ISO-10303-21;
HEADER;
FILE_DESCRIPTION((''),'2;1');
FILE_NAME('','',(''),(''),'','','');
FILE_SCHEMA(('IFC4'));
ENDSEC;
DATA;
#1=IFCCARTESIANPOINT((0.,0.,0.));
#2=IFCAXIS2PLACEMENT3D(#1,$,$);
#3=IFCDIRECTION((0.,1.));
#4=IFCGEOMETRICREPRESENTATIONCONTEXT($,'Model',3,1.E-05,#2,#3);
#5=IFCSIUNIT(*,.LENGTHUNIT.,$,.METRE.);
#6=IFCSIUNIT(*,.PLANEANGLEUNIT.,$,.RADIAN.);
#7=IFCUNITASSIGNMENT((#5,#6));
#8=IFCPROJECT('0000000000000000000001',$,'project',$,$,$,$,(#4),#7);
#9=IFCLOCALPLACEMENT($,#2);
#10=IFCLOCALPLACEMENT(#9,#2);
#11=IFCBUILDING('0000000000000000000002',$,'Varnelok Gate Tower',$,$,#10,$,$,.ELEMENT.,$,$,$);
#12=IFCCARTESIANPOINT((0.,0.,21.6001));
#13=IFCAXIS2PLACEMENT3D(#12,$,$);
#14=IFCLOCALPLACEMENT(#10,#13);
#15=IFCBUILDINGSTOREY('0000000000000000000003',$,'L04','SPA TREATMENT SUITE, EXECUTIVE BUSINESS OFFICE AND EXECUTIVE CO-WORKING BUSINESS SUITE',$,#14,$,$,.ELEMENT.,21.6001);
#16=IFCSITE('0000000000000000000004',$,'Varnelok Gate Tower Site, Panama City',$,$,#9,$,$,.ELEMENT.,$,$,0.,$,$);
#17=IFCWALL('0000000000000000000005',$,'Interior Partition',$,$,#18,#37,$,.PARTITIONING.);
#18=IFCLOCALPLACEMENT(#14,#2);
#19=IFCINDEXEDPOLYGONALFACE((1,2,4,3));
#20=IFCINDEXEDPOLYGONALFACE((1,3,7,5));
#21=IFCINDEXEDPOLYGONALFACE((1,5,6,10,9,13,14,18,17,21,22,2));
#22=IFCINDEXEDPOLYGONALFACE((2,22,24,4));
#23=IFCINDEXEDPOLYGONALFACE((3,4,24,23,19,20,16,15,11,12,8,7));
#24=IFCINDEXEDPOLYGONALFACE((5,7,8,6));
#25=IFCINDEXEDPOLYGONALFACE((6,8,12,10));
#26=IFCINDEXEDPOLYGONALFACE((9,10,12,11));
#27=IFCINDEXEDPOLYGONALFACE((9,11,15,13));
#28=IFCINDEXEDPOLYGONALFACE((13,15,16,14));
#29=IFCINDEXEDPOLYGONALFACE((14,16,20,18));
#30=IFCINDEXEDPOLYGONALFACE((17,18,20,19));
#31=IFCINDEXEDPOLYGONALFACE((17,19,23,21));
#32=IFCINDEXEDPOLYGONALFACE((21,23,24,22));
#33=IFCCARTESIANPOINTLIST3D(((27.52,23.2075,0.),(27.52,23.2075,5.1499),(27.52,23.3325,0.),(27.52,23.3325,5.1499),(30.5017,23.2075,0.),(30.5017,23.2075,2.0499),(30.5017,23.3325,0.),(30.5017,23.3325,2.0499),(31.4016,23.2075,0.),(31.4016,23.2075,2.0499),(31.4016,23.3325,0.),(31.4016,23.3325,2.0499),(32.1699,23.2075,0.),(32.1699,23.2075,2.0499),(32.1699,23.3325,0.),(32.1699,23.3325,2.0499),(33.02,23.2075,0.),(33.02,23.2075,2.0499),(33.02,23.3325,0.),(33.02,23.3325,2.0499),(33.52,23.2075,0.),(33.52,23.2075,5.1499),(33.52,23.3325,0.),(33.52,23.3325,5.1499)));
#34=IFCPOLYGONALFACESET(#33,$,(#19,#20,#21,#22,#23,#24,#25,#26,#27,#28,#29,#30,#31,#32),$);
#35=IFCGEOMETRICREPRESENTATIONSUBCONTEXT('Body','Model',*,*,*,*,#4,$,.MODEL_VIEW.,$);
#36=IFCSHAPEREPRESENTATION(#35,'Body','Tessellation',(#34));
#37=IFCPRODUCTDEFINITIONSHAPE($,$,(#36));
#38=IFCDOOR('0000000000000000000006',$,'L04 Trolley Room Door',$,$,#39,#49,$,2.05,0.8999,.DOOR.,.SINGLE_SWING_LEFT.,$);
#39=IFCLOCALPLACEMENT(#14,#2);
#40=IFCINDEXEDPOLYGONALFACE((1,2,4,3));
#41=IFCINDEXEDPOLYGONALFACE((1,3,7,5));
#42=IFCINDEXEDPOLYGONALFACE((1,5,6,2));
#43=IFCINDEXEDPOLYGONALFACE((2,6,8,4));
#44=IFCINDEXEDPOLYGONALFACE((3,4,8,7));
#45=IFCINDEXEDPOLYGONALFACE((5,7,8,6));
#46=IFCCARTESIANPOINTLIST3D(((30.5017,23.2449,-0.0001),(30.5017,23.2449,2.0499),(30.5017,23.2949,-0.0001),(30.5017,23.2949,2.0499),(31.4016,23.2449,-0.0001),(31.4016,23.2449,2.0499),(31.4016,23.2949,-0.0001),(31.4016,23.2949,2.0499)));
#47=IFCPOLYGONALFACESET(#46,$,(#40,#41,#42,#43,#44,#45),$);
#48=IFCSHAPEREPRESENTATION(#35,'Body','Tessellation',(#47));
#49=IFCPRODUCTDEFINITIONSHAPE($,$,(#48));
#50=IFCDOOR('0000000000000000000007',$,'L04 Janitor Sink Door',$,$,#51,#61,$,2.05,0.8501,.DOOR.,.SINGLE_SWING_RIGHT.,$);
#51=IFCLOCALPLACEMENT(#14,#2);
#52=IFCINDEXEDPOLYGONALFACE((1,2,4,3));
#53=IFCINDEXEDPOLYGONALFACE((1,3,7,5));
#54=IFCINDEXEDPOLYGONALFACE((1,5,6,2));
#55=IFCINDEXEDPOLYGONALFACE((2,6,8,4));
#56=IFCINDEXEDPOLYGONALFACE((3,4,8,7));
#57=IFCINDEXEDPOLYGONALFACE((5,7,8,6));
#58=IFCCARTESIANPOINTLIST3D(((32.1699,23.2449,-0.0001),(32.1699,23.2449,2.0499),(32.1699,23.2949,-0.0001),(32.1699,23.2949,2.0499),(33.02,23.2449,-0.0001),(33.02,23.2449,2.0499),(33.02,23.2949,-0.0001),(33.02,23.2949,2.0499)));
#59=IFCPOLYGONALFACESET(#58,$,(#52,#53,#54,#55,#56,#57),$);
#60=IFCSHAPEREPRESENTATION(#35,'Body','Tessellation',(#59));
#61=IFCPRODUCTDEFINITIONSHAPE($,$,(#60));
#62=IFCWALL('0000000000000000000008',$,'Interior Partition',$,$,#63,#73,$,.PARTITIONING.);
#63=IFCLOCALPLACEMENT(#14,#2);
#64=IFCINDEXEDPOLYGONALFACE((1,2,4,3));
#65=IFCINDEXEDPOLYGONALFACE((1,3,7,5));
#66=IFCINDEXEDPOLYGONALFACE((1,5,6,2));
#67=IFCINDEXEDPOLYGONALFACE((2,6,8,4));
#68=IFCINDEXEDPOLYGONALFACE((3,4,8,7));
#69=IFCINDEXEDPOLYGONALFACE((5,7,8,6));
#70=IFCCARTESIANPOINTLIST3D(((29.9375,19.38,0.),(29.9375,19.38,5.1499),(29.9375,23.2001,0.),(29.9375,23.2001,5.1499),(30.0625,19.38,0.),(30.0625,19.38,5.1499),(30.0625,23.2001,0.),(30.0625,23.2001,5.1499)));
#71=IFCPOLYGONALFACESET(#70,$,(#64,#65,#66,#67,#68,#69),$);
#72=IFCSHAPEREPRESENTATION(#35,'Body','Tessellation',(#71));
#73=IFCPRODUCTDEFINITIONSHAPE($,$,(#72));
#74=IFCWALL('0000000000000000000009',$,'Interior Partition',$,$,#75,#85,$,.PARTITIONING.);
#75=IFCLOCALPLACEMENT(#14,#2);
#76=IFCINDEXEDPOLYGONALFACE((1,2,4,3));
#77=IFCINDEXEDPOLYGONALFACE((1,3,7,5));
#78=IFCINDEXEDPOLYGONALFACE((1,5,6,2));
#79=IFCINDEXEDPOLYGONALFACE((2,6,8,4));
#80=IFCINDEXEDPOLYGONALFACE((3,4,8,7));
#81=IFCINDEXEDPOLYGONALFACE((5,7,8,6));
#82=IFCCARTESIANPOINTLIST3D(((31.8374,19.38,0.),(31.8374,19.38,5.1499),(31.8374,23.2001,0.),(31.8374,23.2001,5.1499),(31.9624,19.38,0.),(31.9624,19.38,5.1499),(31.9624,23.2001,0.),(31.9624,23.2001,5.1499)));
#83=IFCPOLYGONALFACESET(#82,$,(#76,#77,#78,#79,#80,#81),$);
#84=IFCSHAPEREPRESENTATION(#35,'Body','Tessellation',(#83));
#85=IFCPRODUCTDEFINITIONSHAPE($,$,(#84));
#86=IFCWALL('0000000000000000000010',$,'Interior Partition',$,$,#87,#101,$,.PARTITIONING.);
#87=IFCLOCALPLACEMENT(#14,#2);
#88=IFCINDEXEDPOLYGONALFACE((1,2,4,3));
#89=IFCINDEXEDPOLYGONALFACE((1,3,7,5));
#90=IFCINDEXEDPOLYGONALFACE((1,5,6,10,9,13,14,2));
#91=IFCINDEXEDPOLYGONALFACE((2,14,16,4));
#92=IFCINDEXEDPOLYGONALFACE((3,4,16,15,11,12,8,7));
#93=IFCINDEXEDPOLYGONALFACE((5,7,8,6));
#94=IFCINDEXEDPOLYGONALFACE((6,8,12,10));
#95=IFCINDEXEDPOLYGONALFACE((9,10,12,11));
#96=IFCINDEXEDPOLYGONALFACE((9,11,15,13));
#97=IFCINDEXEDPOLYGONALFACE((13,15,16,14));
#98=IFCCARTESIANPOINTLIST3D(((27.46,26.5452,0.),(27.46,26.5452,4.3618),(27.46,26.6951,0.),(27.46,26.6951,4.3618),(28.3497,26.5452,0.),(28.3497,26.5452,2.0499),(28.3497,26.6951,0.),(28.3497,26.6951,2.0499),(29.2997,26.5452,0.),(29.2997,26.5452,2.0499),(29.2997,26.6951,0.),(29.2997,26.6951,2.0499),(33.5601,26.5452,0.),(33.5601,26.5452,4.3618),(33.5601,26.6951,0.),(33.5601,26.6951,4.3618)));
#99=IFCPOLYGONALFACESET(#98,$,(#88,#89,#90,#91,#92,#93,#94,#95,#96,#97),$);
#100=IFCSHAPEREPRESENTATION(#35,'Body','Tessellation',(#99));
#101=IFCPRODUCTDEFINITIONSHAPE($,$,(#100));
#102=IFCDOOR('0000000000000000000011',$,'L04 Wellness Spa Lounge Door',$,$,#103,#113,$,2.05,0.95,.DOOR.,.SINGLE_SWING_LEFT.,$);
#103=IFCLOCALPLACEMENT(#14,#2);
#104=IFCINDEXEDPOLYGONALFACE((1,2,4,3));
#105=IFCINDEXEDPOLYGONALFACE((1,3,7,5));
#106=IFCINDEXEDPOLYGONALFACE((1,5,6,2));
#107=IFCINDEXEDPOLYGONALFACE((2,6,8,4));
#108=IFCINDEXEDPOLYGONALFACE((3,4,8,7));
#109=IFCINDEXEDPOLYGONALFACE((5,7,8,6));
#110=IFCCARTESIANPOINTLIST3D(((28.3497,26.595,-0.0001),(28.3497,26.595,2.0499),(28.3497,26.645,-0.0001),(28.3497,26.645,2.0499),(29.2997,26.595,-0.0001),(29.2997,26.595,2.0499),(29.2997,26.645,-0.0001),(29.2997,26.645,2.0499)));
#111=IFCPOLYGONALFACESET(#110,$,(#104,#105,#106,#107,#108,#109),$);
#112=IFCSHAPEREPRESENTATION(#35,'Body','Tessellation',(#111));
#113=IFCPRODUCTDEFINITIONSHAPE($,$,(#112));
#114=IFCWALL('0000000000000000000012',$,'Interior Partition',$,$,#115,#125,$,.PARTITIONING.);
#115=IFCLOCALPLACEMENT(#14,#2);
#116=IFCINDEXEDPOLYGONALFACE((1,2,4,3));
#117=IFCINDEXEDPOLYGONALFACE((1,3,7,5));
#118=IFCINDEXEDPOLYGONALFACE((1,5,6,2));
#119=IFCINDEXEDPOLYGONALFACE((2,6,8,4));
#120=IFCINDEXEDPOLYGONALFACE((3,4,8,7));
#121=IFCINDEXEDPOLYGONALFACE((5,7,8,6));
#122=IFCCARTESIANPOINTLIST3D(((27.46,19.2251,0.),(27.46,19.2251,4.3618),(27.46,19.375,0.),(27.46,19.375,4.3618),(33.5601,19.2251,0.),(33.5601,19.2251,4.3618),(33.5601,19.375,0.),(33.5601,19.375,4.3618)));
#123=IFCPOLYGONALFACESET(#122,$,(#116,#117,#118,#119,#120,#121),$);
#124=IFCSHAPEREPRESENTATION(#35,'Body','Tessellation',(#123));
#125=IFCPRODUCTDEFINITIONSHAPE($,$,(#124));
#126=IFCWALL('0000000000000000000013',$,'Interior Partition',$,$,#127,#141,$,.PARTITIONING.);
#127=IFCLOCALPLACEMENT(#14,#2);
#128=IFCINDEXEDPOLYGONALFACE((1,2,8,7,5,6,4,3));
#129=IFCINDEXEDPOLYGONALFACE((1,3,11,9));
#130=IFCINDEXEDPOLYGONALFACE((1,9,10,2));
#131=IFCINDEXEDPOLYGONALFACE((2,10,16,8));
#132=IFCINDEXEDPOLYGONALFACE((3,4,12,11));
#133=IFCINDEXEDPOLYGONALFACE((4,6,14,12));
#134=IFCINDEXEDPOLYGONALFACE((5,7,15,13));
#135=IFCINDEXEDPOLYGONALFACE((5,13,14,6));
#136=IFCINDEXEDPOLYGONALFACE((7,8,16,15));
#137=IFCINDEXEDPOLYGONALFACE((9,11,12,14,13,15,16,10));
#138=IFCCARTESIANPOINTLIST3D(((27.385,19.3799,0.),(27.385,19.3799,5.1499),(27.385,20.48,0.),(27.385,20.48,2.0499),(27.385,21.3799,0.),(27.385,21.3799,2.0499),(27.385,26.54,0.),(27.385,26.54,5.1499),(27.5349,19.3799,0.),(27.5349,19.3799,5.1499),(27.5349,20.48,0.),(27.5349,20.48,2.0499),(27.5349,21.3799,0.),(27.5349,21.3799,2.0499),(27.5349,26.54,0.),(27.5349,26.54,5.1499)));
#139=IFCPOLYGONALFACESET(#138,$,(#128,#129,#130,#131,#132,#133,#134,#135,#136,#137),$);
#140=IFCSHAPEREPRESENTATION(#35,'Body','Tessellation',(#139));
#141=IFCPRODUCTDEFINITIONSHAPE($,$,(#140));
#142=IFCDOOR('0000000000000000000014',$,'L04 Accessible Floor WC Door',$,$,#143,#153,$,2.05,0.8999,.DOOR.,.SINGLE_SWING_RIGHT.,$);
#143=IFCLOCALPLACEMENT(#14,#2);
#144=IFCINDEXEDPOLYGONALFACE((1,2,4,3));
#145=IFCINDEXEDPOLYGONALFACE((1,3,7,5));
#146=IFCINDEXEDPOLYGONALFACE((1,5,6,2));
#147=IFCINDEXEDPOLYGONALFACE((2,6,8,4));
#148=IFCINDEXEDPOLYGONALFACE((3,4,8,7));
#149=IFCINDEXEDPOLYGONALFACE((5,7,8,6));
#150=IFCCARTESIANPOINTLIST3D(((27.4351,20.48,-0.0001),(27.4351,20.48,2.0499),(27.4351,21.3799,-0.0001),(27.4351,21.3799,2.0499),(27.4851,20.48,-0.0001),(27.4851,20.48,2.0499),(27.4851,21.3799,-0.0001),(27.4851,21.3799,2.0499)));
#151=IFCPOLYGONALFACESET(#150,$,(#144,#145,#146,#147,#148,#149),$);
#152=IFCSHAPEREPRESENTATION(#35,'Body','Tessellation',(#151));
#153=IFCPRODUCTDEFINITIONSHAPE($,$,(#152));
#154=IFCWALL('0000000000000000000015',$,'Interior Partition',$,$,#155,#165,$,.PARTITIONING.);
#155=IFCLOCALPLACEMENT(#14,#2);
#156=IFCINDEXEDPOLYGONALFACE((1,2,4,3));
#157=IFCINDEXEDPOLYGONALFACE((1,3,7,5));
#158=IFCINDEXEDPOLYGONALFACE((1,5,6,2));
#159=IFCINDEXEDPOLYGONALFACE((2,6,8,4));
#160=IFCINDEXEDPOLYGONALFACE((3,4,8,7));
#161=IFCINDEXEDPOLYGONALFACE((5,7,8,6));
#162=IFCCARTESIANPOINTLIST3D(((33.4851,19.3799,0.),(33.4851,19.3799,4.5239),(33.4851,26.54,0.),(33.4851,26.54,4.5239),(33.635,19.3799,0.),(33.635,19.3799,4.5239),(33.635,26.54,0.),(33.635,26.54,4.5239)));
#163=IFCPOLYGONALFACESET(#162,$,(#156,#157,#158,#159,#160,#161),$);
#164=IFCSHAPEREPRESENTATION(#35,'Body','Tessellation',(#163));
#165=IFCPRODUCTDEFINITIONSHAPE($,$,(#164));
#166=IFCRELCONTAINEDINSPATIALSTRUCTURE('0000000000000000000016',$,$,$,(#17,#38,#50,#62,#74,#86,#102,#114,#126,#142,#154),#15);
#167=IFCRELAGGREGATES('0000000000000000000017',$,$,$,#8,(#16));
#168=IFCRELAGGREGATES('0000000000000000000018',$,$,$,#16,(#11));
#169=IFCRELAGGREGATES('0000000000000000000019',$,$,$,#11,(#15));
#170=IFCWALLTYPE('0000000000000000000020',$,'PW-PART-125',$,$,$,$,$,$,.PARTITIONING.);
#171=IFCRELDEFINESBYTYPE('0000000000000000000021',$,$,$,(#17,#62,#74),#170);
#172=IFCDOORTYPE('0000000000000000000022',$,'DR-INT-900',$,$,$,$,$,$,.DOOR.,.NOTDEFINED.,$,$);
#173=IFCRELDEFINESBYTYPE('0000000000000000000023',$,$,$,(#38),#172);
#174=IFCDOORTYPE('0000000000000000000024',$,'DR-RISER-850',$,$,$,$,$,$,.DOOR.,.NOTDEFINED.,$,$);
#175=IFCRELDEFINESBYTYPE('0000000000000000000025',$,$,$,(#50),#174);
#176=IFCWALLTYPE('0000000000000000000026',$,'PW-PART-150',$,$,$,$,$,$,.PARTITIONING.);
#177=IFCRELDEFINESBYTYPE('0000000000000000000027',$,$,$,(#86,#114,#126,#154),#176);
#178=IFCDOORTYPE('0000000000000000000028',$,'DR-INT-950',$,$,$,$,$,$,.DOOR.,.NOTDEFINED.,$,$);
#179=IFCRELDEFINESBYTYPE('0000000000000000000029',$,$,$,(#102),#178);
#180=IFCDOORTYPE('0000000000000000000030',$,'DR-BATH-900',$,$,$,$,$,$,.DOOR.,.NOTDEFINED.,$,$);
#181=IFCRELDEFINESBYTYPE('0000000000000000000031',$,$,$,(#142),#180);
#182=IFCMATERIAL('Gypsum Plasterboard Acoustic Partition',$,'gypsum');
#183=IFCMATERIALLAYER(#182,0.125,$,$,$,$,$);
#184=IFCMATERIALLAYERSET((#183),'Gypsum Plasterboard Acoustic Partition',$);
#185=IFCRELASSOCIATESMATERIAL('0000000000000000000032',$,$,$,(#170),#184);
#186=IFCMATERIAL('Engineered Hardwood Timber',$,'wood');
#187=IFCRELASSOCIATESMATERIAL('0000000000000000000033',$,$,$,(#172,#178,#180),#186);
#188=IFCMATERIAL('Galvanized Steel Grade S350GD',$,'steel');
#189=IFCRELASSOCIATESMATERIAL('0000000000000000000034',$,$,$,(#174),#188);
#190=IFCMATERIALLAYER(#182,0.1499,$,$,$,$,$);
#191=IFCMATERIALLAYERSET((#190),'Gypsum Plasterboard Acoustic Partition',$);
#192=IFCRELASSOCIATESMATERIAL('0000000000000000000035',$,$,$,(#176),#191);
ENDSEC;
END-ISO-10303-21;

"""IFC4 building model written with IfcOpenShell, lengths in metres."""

from ifc_helpers import new_model, si_unit, direction, frame, frame_2d, origin, place, context, subcontext, project, spatial, rectangle, extrude, material, layer, layer_set, type_object, element, fill, save


model = new_model("IFC4")

# Units and contexts
model_context = context("Model", 3, precision=1e-05, world=origin(), true_north=direction((0.0, 1.0)))
body_context = subcontext(model_context, "Body", "Model", "MODEL_VIEW")
ifc_project = project(units=[si_unit("LENGTHUNIT", "METRE"), si_unit("PLANEANGLEUNIT", "RADIAN")], contexts=[model_context])

# Site, building, storey
site_placement = place(None, origin())
site = spatial("IfcSite", under=ifc_project, at=site_placement, Name="Varnelok Gate Tower Site, Panama City", CompositionType="ELEMENT", RefElevation=0.0)
building_placement = place(site_placement, origin())
building = spatial("IfcBuilding", under=site, at=building_placement, Name="Varnelok Gate Tower", CompositionType="ELEMENT")
storey_placement = place(building_placement, frame((0.0, 0.0, 21.6001)))
storey = spatial("IfcBuildingStorey", under=building, at=storey_placement, Name="L04", Description="SPA TREATMENT SUITE, EXECUTIVE BUSINESS OFFICE AND EXECUTIVE CO-WORKING BUSINESS SUITE", CompositionType="ELEMENT", Elevation=21.6001)

# Wall, openings, doors
ifc_material_1 = material(Name="Gypsum Plasterboard Acoustic Partition", Category="gypsum")
ifc_layer_1 = layer(ifc_material_1, 0.125)
ifc_layer_set_1 = layer_set([ifc_layer_1], Name="Gypsum Plasterboard Acoustic Partition")
wall_type_1 = type_object("IfcWallType", Name="PW-PART-125", PredefinedType="PARTITIONING", material=ifc_layer_set_1)
wall_1_placement = place(storey_placement, frame((27.52, 23.27, 0.0), z_axis=(0.0, 0.0, 1.0), x_axis=(1.0, 0.0, 0.0)))
wall_1 = element("IfcWall", 1, at=wall_1_placement, inside=storey, type_object=wall_type_1, Name="Interior Partition", PredefinedType="PARTITIONING", context=body_context, shape_type="SweptSolid", body=[
    extrude(rectangle(XDim=6.0, YDim=0.125, at=frame_2d((3.0, 0.0))), origin(), (0.0, 0.0, 1.0), 5.1499),
])
opening_1_placement = place(wall_1_placement, frame((2.9817, 0.0, 0.0)))
opening_1 = element("IfcOpeningElement", 2, at=opening_1_placement, cuts=wall_1, PredefinedType="OPENING", context=body_context, shape_type="SweptSolid", body=[
    extrude(rectangle(XDim=0.8999, YDim=2.05, at=frame_2d((0.45, 1.0249))), frame((0.0, 0.0725, 0.0), z_axis=(0.0, -1.0, 0.0), x_axis=(1.0, 0.0, 0.0)), (0.0, 0.0, 1.0), 0.145),
])
opening_2_placement = place(wall_1_placement, frame((4.6499, 0.0, 0.0)))
opening_2 = element("IfcOpeningElement", 3, at=opening_2_placement, cuts=wall_1, PredefinedType="OPENING", context=body_context, shape_type="SweptSolid", body=[
    extrude(rectangle(XDim=0.8501, YDim=2.05, at=frame_2d((0.425, 1.0249))), frame((0.0, 0.0725, 0.0), z_axis=(0.0, -1.0, 0.0), x_axis=(1.0, 0.0, 0.0)), (0.0, 0.0, 1.0), 0.145),
])
ifc_material_2 = material(Name="Engineered Hardwood Timber", Category="wood")
door_type_1 = type_object("IfcDoorType", Name="DR-INT-900", OperationType="NOTDEFINED", PredefinedType="DOOR", material=ifc_material_2)
door_1_placement = place(opening_1_placement, origin())
door_1 = element("IfcDoor", 4, at=door_1_placement, inside=storey, type_object=door_type_1, Name="L04 Trolley Room Door", OperationType="SINGLE_SWING_LEFT", OverallHeight=2.05, OverallWidth=0.8999, PredefinedType="DOOR", context=body_context, shape_type="SweptSolid", body=[
    extrude(rectangle(XDim=0.8999, YDim=2.05, at=frame_2d((0.45, 1.0249))), frame((0.0, 0.0249, 0.0), z_axis=(0.0, -1.0, 0.0), x_axis=(1.0, 0.0, 0.0)), (0.0, 0.0, 1.0), 0.05),
])
fill(opening_1, door_1)
ifc_material_3 = material(Name="Galvanized Steel Grade S350GD", Category="steel")
door_type_2 = type_object("IfcDoorType", Name="DR-RISER-850", OperationType="NOTDEFINED", PredefinedType="DOOR", material=ifc_material_3)
door_2_placement = place(opening_2_placement, origin())
door_2 = element("IfcDoor", 5, at=door_2_placement, inside=storey, type_object=door_type_2, Name="L04 Janitor Sink Door", OperationType="SINGLE_SWING_RIGHT", OverallHeight=2.05, OverallWidth=0.8501, PredefinedType="DOOR", context=body_context, shape_type="SweptSolid", body=[
    extrude(rectangle(XDim=0.8501, YDim=2.05, at=frame_2d((0.425, 1.0249))), frame((0.0, 0.0249, 0.0), z_axis=(0.0, -1.0, 0.0), x_axis=(1.0, 0.0, 0.0)), (0.0, 0.0, 1.0), 0.05),
])
fill(opening_2, door_2)

# Walls
for number, where, z_axis, x_axis, name in (
    (6, (30.0, 19.3799, 0.0), (0.0, 0.0, 1.0), (0.0, 1.0, 0.0), "Interior Partition"),
    (7, (31.8999, 19.3799, 0.0), (0.0, 0.0, 1.0), (0.0, 1.0, 0.0), "Interior Partition"),
):
    element("IfcWall", number, at=place(storey_placement, frame(where, z_axis=z_axis, x_axis=x_axis)), inside=storey, type_object=wall_type_1, Name=name, PredefinedType="PARTITIONING", context=body_context, shape_type="SweptSolid", body=[
        extrude(rectangle(XDim=3.8201, YDim=0.125, at=frame_2d((1.9102, 0.0))), origin(), (0.0, 0.0, 1.0), 5.1499),
    ])

# Wall, opening, door
ifc_layer_2 = layer(ifc_material_1, 0.1499)
ifc_layer_set_2 = layer_set([ifc_layer_2], Name="Gypsum Plasterboard Acoustic Partition")
wall_type_2 = type_object("IfcWallType", Name="PW-PART-150", PredefinedType="PARTITIONING", material=ifc_layer_set_2)
wall_2_placement = place(storey_placement, frame((27.46, 26.6201, 0.0), z_axis=(0.0, 0.0, 1.0), x_axis=(1.0, 0.0, 0.0)))
wall_2 = element("IfcWall", 8, at=wall_2_placement, inside=storey, type_object=wall_type_2, Name="Interior Partition", PredefinedType="PARTITIONING", context=body_context, shape_type="SweptSolid", body=[
    extrude(rectangle(XDim=6.1001, YDim=0.1499, at=frame_2d((3.05, 0.0))), origin(), (0.0, 0.0, 1.0), 4.3618),
])
opening_3_placement = place(wall_2_placement, frame((0.8896, 0.0, 0.0)))
opening_3 = element("IfcOpeningElement", 9, at=opening_3_placement, cuts=wall_2, PredefinedType="OPENING", context=body_context, shape_type="SweptSolid", body=[
    extrude(rectangle(XDim=0.95, YDim=2.05, at=frame_2d((0.4751, 1.0249))), frame((0.0, 0.085, 0.0), z_axis=(0.0, -1.0, 0.0), x_axis=(1.0, 0.0, 0.0)), (0.0, 0.0, 1.0), 0.1699),
])
door_type_3 = type_object("IfcDoorType", Name="DR-INT-950", OperationType="NOTDEFINED", PredefinedType="DOOR", material=ifc_material_2)
door_3_placement = place(opening_3_placement, origin())
door_3 = element("IfcDoor", 10, at=door_3_placement, inside=storey, type_object=door_type_3, Name="L04 Wellness Spa Lounge Door", OperationType="SINGLE_SWING_LEFT", OverallHeight=2.05, OverallWidth=0.95, PredefinedType="DOOR", context=body_context, shape_type="SweptSolid", body=[
    extrude(rectangle(XDim=0.95, YDim=2.05, at=frame_2d((0.4751, 1.0249))), frame((0.0, 0.0249, 0.0), z_axis=(0.0, -1.0, 0.0), x_axis=(1.0, 0.0, 0.0)), (0.0, 0.0, 1.0), 0.05),
])
fill(opening_3, door_3)

# Wall
wall_3_placement = place(storey_placement, frame((27.46, 19.3, 0.0), z_axis=(0.0, 0.0, 1.0), x_axis=(1.0, 0.0, 0.0)))
element("IfcWall", 11, at=wall_3_placement, inside=storey, type_object=wall_type_2, Name="Interior Partition", PredefinedType="PARTITIONING", context=body_context, shape_type="SweptSolid", body=[
    extrude(rectangle(XDim=6.1001, YDim=0.1499, at=frame_2d((3.05, 0.0))), origin(), (0.0, 0.0, 1.0), 4.3618),
])

# Wall, opening, door
wall_4_placement = place(storey_placement, frame((27.46, 19.3799, 0.0), z_axis=(0.0, 0.0, 1.0), x_axis=(0.0, 1.0, 0.0)))
wall_4 = element("IfcWall", 12, at=wall_4_placement, inside=storey, type_object=wall_type_2, Name="Interior Partition", PredefinedType="PARTITIONING", context=body_context, shape_type="SweptSolid", body=[
    extrude(rectangle(XDim=7.1602, YDim=0.1499, at=frame_2d((3.5801, 0.0))), origin(), (0.0, 0.0, 1.0), 5.1499),
])
opening_4_placement = place(wall_4_placement, frame((1.1001, 0.0, 0.0)))
opening_4 = element("IfcOpeningElement", 13, at=opening_4_placement, cuts=wall_4, PredefinedType="OPENING", context=body_context, shape_type="SweptSolid", body=[
    extrude(rectangle(XDim=0.8999, YDim=2.05, at=frame_2d((0.45, 1.0249))), frame((0.0, 0.085, 0.0), z_axis=(0.0, -1.0, 0.0), x_axis=(1.0, 0.0, 0.0)), (0.0, 0.0, 1.0), 0.1699),
])
door_type_4 = type_object("IfcDoorType", Name="DR-BATH-900", OperationType="NOTDEFINED", PredefinedType="DOOR", material=ifc_material_2)
door_4_placement = place(opening_4_placement, origin())
door_4 = element("IfcDoor", 14, at=door_4_placement, inside=storey, type_object=door_type_4, Name="L04 Accessible Floor WC Door", OperationType="SINGLE_SWING_RIGHT", OverallHeight=2.05, OverallWidth=0.8999, PredefinedType="DOOR", context=body_context, shape_type="SweptSolid", body=[
    extrude(rectangle(XDim=0.8999, YDim=2.05, at=frame_2d((0.45, 1.0249))), frame((0.0, 0.0249, 0.0), z_axis=(0.0, -1.0, 0.0), x_axis=(1.0, 0.0, 0.0)), (0.0, 0.0, 1.0), 0.05),
])
fill(opening_4, door_4)

# Wall
wall_5_placement = place(storey_placement, frame((33.5601, 19.3799, 0.0), z_axis=(0.0, 0.0, 1.0), x_axis=(0.0, 1.0, 0.0)))
element("IfcWall", 15, at=wall_5_placement, inside=storey, type_object=wall_type_2, Name="Interior Partition", PredefinedType="PARTITIONING", context=body_context, shape_type="SweptSolid", body=[
    extrude(rectangle(XDim=7.1602, YDim=0.1499, at=frame_2d((3.5801, 0.0))), origin(), (0.0, 0.0, 1.0), 4.5239),
])

save(model, "model.ifc")
